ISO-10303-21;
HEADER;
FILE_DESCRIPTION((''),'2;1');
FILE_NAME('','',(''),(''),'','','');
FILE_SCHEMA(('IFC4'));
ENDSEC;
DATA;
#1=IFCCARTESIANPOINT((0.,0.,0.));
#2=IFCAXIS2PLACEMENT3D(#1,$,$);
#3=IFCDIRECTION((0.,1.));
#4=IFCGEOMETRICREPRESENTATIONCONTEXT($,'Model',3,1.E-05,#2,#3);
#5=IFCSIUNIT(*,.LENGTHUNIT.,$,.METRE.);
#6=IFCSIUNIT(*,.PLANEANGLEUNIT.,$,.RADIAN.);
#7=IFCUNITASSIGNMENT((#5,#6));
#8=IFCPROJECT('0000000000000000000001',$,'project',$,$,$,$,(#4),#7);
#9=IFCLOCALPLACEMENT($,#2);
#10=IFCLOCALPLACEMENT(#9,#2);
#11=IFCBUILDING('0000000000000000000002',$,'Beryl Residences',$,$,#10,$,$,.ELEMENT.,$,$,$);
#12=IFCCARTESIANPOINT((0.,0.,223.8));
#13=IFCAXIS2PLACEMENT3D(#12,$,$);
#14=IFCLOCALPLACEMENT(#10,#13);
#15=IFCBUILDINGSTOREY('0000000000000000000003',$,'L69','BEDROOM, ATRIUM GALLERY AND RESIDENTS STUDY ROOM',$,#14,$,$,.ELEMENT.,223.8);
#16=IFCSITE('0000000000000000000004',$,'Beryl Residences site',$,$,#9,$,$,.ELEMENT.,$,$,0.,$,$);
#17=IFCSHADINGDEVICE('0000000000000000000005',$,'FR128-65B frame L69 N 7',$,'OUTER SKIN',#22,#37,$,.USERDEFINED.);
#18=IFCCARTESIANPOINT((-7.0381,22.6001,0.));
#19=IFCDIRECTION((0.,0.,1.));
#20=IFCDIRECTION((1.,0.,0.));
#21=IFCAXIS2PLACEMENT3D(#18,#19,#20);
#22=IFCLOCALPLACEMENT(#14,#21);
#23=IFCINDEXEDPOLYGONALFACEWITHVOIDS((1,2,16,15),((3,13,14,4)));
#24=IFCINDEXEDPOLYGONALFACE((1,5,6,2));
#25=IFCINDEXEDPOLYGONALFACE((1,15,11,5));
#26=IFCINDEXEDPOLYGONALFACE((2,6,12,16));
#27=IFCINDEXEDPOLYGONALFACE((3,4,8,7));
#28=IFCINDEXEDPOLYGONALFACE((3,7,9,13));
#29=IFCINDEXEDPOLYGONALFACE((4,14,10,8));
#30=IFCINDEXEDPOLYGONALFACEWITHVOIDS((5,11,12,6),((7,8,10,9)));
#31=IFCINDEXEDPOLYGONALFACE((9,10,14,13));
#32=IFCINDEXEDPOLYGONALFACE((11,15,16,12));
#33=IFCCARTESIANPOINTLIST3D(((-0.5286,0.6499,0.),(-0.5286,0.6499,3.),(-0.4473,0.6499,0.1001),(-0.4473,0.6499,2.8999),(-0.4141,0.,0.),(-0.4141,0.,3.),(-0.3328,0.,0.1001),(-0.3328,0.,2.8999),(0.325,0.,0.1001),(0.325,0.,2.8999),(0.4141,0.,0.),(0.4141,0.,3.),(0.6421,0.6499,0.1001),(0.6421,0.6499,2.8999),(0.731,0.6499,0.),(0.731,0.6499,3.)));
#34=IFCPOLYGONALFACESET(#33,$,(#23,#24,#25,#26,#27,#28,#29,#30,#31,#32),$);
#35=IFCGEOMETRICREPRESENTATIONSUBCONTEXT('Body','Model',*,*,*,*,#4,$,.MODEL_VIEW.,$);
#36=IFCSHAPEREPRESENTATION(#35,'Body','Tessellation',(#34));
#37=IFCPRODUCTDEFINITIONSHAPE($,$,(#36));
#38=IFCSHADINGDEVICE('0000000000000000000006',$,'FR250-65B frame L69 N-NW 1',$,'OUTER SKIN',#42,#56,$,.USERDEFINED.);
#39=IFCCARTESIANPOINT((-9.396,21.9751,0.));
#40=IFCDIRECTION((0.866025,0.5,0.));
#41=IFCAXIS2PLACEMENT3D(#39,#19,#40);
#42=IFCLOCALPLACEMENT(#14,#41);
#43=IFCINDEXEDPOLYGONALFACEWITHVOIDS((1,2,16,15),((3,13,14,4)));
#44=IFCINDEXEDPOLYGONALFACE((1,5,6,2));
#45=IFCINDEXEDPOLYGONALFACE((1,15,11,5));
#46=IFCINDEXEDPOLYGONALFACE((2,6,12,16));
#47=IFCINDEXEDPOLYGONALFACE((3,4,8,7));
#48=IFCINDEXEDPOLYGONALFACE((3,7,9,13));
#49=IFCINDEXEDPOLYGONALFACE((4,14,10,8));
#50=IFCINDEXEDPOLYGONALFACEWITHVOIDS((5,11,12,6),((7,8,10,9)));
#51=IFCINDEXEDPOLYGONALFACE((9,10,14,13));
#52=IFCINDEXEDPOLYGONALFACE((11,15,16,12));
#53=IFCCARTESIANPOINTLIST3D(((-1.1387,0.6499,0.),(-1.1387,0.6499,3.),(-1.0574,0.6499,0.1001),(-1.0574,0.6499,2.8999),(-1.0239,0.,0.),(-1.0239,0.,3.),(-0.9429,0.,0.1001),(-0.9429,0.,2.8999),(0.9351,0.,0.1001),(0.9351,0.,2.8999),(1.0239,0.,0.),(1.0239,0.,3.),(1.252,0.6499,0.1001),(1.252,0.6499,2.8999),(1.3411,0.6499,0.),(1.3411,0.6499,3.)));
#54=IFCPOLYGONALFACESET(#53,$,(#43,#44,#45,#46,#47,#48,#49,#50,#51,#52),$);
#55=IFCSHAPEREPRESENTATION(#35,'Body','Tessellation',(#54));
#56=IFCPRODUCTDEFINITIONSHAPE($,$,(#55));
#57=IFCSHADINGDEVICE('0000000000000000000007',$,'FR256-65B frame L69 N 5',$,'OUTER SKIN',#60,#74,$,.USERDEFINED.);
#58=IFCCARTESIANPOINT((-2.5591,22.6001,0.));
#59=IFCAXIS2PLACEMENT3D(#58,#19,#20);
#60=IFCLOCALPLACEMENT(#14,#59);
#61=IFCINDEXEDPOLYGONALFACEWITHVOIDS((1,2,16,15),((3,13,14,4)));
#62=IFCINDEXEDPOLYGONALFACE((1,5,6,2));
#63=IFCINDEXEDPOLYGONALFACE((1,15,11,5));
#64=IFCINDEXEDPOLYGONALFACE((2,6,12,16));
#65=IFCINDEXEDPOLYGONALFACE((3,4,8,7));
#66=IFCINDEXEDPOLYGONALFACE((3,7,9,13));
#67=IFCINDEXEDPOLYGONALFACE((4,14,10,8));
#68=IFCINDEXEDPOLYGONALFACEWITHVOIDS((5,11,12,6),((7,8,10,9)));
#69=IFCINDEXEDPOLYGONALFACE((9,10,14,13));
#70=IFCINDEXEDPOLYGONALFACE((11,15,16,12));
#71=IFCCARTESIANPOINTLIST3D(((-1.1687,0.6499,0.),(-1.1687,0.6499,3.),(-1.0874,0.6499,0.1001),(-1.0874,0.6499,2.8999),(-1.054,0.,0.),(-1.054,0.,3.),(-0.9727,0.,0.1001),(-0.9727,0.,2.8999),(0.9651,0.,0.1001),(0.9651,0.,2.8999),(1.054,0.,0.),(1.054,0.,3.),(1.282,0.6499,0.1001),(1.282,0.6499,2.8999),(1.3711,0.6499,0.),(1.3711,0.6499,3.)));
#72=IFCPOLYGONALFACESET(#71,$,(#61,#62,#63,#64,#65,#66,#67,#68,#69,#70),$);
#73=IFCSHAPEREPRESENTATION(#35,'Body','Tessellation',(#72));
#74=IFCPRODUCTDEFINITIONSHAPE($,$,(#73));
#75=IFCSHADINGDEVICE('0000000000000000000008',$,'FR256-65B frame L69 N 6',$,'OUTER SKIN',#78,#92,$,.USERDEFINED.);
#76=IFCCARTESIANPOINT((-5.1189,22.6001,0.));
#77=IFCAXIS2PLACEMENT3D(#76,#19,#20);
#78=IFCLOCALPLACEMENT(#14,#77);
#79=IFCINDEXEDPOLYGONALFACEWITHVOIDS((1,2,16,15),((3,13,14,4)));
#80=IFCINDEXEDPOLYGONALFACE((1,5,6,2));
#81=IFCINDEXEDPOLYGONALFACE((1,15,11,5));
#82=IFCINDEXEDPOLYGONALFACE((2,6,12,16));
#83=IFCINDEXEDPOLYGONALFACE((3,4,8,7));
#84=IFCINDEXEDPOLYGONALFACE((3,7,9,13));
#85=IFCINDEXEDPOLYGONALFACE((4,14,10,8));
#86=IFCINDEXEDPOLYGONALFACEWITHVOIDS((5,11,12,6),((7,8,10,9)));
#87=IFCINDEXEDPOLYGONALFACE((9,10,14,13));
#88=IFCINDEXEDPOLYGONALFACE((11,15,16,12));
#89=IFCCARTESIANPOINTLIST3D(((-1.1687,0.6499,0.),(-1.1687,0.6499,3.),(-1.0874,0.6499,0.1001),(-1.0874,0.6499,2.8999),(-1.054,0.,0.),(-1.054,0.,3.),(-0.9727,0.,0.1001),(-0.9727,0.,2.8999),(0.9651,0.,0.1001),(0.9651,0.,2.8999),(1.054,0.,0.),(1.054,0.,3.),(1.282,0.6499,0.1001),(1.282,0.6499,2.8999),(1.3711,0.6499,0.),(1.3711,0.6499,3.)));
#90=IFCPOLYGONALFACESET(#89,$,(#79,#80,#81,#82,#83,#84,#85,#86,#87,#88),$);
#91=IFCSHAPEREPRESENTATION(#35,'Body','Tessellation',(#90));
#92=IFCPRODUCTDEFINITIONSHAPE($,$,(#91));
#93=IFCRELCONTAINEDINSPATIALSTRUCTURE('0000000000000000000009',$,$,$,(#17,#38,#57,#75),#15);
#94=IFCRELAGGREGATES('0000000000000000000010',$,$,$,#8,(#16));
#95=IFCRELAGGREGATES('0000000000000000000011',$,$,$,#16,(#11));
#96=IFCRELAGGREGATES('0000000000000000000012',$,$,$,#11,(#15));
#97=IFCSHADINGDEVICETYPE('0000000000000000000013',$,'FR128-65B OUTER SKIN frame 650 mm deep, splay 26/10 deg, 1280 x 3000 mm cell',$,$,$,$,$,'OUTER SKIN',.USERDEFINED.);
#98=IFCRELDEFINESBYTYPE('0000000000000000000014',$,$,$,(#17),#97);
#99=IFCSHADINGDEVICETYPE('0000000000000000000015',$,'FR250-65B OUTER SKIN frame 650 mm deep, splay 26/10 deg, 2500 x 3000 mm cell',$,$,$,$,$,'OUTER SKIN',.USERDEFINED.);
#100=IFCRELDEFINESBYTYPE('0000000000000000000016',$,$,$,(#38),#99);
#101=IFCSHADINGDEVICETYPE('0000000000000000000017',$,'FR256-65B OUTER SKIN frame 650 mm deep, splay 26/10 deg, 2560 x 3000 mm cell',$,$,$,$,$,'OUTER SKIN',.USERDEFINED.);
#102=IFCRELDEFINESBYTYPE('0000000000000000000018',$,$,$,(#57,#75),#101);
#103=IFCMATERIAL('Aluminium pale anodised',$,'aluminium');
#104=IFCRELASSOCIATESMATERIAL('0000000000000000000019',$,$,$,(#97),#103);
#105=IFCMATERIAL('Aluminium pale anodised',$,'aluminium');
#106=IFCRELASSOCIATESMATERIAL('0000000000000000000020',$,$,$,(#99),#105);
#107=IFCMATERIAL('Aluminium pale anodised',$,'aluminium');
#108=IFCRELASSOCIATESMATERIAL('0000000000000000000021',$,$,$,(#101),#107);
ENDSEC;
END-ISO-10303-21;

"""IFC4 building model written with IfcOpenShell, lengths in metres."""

from ifc_helpers import new_model, entity, si_unit, direction, frame, origin, place, context, subcontext, project, spatial, source, transform, mapped, material, type_object, type_shapes, element, save


model = new_model("IFC4")

# Units and contexts
model_context = context("Model", 3, precision=1e-05, world=origin(), true_north=direction((0.0, 1.0)))
body_context = subcontext(model_context, "Body", "Model", "MODEL_VIEW")
ifc_project = project(units=[si_unit("LENGTHUNIT", "METRE"), si_unit("PLANEANGLEUNIT", "RADIAN")], contexts=[model_context])

# Site, building, storey
site_placement = place(None, origin())
site = spatial("IfcSite", under=ifc_project, at=site_placement, Name="Beryl Residences site", CompositionType="ELEMENT", RefElevation=0.0)
building_placement = place(site_placement, origin())
building = spatial("IfcBuilding", under=site, at=building_placement, Name="Beryl Residences", CompositionType="ELEMENT")
storey_placement = place(building_placement, frame((0.0, 0.0, 223.8)))
storey = spatial("IfcBuildingStorey", under=building, at=storey_placement, Name="L69", Description="BEDROOM, ATRIUM GALLERY AND RESIDENTS STUDY ROOM", CompositionType="ELEMENT", Elevation=223.8)

# Shading devices
ifc_material_1 = material(Name="Aluminium pale anodised", Category="aluminium")
shading_device_type_1 = type_object("IfcShadingDeviceType", Name="FR128-65B OUTER SKIN frame 650 mm deep, splay 26/10 deg, 1280 x 3000 mm cell", ElementType="OUTER SKIN", PredefinedType="USERDEFINED", material=ifc_material_1)
cartesian_point_1 = entity("IfcCartesianPoint", [-0.4141, 0.0])
cartesian_point_2 = entity("IfcCartesianPoint", [-0.325, 0.1001])
cartesian_point_3 = entity("IfcCartesianPoint", [-0.731, 0.0])
cartesian_point_4 = entity("IfcCartesianPoint", [-0.6421, 0.1001])
shared_shape_1 = source(origin(), body_context, "Body", "SweptSolid", [
    entity("IfcExtrudedAreaSolidTapered", entity("IfcArbitraryProfileDefWithVoids", "AREA", None, entity("IfcPolyline", [cartesian_point_1, entity("IfcCartesianPoint", [0.4141, 0.0]), entity("IfcCartesianPoint", [0.4141, 3.0]), entity("IfcCartesianPoint", [-0.4141, 3.0]), cartesian_point_1]), [entity("IfcPolyline", [cartesian_point_2, entity("IfcCartesianPoint", [0.3328, 0.1001]), entity("IfcCartesianPoint", [0.3328, 2.8999]), entity("IfcCartesianPoint", [-0.325, 2.8999]), cartesian_point_2])]), entity("IfcAxis2Placement3D", entity("IfcCartesianPoint", [0.0, 0.0, 0.0]), entity("IfcDirection", [0.0, 1.0, 0.0]), entity("IfcDirection", [-1.0, 0.0, 0.0])), entity("IfcDirection", [0.0, 0.0, 1.0]), 0.6499, entity("IfcArbitraryProfileDefWithVoids", "AREA", None, entity("IfcPolyline", [cartesian_point_3, entity("IfcCartesianPoint", [0.5286, 0.0]), entity("IfcCartesianPoint", [0.5286, 3.0]), entity("IfcCartesianPoint", [-0.731, 3.0]), cartesian_point_3]), [entity("IfcPolyline", [cartesian_point_4, entity("IfcCartesianPoint", [0.4473, 0.1001]), entity("IfcCartesianPoint", [0.4473, 2.8999]), entity("IfcCartesianPoint", [-0.6421, 2.8999]), cartesian_point_4])])),
])
type_shapes(shading_device_type_1, [shared_shape_1])
shading_device_1_placement = place(storey_placement, frame((-7.0381, 22.6001, 0.0), z_axis=(0.0, 0.0, 1.0), x_axis=(1.0, 0.0, 0.0)))
element("IfcShadingDevice", 1, at=shading_device_1_placement, inside=storey, type_object=shading_device_type_1, Name="FR128-65B frame L69 N 7", ObjectType="OUTER SKIN", PredefinedType="USERDEFINED", context=body_context, shape_type="MappedRepresentation", body=[
    mapped(shared_shape_1, transform((0.0, 0.0, 0.0))),
])
ifc_material_2 = material(Name="Aluminium pale anodised", Category="aluminium")
shading_device_type_2 = type_object("IfcShadingDeviceType", Name="FR250-65B OUTER SKIN frame 650 mm deep, splay 26/10 deg, 2500 x 3000 mm cell", ElementType="OUTER SKIN", PredefinedType="USERDEFINED", material=ifc_material_2)
cartesian_point_5 = entity("IfcCartesianPoint", [-1.0239, 0.0])
cartesian_point_6 = entity("IfcCartesianPoint", [-0.9351, 0.1001])
cartesian_point_7 = entity("IfcCartesianPoint", [-1.3411, 0.0])
cartesian_point_8 = entity("IfcCartesianPoint", [-1.252, 0.1001])
shared_shape_2 = source(origin(), body_context, "Body", "SweptSolid", [
    entity("IfcExtrudedAreaSolidTapered", entity("IfcArbitraryProfileDefWithVoids", "AREA", None, entity("IfcPolyline", [cartesian_point_5, entity("IfcCartesianPoint", [1.0239, 0.0]), entity("IfcCartesianPoint", [1.0239, 3.0]), entity("IfcCartesianPoint", [-1.0239, 3.0]), cartesian_point_5]), [entity("IfcPolyline", [cartesian_point_6, entity("IfcCartesianPoint", [0.9429, 0.1001]), entity("IfcCartesianPoint", [0.9429, 2.8999]), entity("IfcCartesianPoint", [-0.9351, 2.8999]), cartesian_point_6])]), entity("IfcAxis2Placement3D", entity("IfcCartesianPoint", [0.0, 0.0, 0.0]), entity("IfcDirection", [0.0, 1.0, 0.0]), entity("IfcDirection", [-1.0, 0.0, 0.0])), entity("IfcDirection", [0.0, 0.0, 1.0]), 0.6499, entity("IfcArbitraryProfileDefWithVoids", "AREA", None, entity("IfcPolyline", [cartesian_point_7, entity("IfcCartesianPoint", [1.1387, 0.0]), entity("IfcCartesianPoint", [1.1387, 3.0]), entity("IfcCartesianPoint", [-1.3411, 3.0]), cartesian_point_7]), [entity("IfcPolyline", [cartesian_point_8, entity("IfcCartesianPoint", [1.0574, 0.1001]), entity("IfcCartesianPoint", [1.0574, 2.8999]), entity("IfcCartesianPoint", [-1.252, 2.8999]), cartesian_point_8])])),
])
type_shapes(shading_device_type_2, [shared_shape_2])
shading_device_2_placement = place(storey_placement, frame((-9.396, 21.9751, 0.0), z_axis=(0.0, 0.0, 1.0), x_axis=(0.866025, 0.5, 0.0)))
element("IfcShadingDevice", 2, at=shading_device_2_placement, inside=storey, type_object=shading_device_type_2, Name="FR250-65B frame L69 N-NW 1", ObjectType="OUTER SKIN", PredefinedType="USERDEFINED", context=body_context, shape_type="MappedRepresentation", body=[
    mapped(shared_shape_2, transform((0.0, 0.0, 0.0))),
])
ifc_material_3 = material(Name="Aluminium pale anodised", Category="aluminium")
shading_device_type_3 = type_object("IfcShadingDeviceType", Name="FR256-65B OUTER SKIN frame 650 mm deep, splay 26/10 deg, 2560 x 3000 mm cell", ElementType="OUTER SKIN", PredefinedType="USERDEFINED", material=ifc_material_3)
cartesian_point_9 = entity("IfcCartesianPoint", [-1.054, 0.0])
cartesian_point_10 = entity("IfcCartesianPoint", [-0.9651, 0.1001])
cartesian_point_11 = entity("IfcCartesianPoint", [-1.3711, 0.0])
cartesian_point_12 = entity("IfcCartesianPoint", [-1.282, 0.1001])
shared_shape_3 = source(origin(), body_context, "Body", "SweptSolid", [
    entity("IfcExtrudedAreaSolidTapered", entity("IfcArbitraryProfileDefWithVoids", "AREA", None, entity("IfcPolyline", [cartesian_point_9, entity("IfcCartesianPoint", [1.054, 0.0]), entity("IfcCartesianPoint", [1.054, 3.0]), entity("IfcCartesianPoint", [-1.054, 3.0]), cartesian_point_9]), [entity("IfcPolyline", [cartesian_point_10, entity("IfcCartesianPoint", [0.9727, 0.1001]), entity("IfcCartesianPoint", [0.9727, 2.8999]), entity("IfcCartesianPoint", [-0.9651, 2.8999]), cartesian_point_10])]), entity("IfcAxis2Placement3D", entity("IfcCartesianPoint", [0.0, 0.0, 0.0]), entity("IfcDirection", [0.0, 1.0, 0.0]), entity("IfcDirection", [-1.0, 0.0, 0.0])), entity("IfcDirection", [0.0, 0.0, 1.0]), 0.6499, entity("IfcArbitraryProfileDefWithVoids", "AREA", None, entity("IfcPolyline", [cartesian_point_11, entity("IfcCartesianPoint", [1.1687, 0.0]), entity("IfcCartesianPoint", [1.1687, 3.0]), entity("IfcCartesianPoint", [-1.3711, 3.0]), cartesian_point_11]), [entity("IfcPolyline", [cartesian_point_12, entity("IfcCartesianPoint", [1.0874, 0.1001]), entity("IfcCartesianPoint", [1.0874, 2.8999]), entity("IfcCartesianPoint", [-1.282, 2.8999]), cartesian_point_12])])),
])
type_shapes(shading_device_type_3, [shared_shape_3])
for number, where, z_axis, x_axis, name in (
    (3, (-2.5591, 22.6001, 0.0), (0.0, 0.0, 1.0), (1.0, 0.0, 0.0), "FR256-65B frame L69 N 5"),
    (4, (-5.1189, 22.6001, 0.0), (0.0, 0.0, 1.0), (1.0, 0.0, 0.0), "FR256-65B frame L69 N 6"),
):
    element("IfcShadingDevice", number, at=place(storey_placement, frame(where, z_axis=z_axis, x_axis=x_axis)), inside=storey, type_object=shading_device_type_3, Name=name, ObjectType="OUTER SKIN", PredefinedType="USERDEFINED", context=body_context, shape_type="MappedRepresentation", body=[
        mapped(shared_shape_3, transform((0.0, 0.0, 0.0))),
    ])

save(model, "model.ifc")
